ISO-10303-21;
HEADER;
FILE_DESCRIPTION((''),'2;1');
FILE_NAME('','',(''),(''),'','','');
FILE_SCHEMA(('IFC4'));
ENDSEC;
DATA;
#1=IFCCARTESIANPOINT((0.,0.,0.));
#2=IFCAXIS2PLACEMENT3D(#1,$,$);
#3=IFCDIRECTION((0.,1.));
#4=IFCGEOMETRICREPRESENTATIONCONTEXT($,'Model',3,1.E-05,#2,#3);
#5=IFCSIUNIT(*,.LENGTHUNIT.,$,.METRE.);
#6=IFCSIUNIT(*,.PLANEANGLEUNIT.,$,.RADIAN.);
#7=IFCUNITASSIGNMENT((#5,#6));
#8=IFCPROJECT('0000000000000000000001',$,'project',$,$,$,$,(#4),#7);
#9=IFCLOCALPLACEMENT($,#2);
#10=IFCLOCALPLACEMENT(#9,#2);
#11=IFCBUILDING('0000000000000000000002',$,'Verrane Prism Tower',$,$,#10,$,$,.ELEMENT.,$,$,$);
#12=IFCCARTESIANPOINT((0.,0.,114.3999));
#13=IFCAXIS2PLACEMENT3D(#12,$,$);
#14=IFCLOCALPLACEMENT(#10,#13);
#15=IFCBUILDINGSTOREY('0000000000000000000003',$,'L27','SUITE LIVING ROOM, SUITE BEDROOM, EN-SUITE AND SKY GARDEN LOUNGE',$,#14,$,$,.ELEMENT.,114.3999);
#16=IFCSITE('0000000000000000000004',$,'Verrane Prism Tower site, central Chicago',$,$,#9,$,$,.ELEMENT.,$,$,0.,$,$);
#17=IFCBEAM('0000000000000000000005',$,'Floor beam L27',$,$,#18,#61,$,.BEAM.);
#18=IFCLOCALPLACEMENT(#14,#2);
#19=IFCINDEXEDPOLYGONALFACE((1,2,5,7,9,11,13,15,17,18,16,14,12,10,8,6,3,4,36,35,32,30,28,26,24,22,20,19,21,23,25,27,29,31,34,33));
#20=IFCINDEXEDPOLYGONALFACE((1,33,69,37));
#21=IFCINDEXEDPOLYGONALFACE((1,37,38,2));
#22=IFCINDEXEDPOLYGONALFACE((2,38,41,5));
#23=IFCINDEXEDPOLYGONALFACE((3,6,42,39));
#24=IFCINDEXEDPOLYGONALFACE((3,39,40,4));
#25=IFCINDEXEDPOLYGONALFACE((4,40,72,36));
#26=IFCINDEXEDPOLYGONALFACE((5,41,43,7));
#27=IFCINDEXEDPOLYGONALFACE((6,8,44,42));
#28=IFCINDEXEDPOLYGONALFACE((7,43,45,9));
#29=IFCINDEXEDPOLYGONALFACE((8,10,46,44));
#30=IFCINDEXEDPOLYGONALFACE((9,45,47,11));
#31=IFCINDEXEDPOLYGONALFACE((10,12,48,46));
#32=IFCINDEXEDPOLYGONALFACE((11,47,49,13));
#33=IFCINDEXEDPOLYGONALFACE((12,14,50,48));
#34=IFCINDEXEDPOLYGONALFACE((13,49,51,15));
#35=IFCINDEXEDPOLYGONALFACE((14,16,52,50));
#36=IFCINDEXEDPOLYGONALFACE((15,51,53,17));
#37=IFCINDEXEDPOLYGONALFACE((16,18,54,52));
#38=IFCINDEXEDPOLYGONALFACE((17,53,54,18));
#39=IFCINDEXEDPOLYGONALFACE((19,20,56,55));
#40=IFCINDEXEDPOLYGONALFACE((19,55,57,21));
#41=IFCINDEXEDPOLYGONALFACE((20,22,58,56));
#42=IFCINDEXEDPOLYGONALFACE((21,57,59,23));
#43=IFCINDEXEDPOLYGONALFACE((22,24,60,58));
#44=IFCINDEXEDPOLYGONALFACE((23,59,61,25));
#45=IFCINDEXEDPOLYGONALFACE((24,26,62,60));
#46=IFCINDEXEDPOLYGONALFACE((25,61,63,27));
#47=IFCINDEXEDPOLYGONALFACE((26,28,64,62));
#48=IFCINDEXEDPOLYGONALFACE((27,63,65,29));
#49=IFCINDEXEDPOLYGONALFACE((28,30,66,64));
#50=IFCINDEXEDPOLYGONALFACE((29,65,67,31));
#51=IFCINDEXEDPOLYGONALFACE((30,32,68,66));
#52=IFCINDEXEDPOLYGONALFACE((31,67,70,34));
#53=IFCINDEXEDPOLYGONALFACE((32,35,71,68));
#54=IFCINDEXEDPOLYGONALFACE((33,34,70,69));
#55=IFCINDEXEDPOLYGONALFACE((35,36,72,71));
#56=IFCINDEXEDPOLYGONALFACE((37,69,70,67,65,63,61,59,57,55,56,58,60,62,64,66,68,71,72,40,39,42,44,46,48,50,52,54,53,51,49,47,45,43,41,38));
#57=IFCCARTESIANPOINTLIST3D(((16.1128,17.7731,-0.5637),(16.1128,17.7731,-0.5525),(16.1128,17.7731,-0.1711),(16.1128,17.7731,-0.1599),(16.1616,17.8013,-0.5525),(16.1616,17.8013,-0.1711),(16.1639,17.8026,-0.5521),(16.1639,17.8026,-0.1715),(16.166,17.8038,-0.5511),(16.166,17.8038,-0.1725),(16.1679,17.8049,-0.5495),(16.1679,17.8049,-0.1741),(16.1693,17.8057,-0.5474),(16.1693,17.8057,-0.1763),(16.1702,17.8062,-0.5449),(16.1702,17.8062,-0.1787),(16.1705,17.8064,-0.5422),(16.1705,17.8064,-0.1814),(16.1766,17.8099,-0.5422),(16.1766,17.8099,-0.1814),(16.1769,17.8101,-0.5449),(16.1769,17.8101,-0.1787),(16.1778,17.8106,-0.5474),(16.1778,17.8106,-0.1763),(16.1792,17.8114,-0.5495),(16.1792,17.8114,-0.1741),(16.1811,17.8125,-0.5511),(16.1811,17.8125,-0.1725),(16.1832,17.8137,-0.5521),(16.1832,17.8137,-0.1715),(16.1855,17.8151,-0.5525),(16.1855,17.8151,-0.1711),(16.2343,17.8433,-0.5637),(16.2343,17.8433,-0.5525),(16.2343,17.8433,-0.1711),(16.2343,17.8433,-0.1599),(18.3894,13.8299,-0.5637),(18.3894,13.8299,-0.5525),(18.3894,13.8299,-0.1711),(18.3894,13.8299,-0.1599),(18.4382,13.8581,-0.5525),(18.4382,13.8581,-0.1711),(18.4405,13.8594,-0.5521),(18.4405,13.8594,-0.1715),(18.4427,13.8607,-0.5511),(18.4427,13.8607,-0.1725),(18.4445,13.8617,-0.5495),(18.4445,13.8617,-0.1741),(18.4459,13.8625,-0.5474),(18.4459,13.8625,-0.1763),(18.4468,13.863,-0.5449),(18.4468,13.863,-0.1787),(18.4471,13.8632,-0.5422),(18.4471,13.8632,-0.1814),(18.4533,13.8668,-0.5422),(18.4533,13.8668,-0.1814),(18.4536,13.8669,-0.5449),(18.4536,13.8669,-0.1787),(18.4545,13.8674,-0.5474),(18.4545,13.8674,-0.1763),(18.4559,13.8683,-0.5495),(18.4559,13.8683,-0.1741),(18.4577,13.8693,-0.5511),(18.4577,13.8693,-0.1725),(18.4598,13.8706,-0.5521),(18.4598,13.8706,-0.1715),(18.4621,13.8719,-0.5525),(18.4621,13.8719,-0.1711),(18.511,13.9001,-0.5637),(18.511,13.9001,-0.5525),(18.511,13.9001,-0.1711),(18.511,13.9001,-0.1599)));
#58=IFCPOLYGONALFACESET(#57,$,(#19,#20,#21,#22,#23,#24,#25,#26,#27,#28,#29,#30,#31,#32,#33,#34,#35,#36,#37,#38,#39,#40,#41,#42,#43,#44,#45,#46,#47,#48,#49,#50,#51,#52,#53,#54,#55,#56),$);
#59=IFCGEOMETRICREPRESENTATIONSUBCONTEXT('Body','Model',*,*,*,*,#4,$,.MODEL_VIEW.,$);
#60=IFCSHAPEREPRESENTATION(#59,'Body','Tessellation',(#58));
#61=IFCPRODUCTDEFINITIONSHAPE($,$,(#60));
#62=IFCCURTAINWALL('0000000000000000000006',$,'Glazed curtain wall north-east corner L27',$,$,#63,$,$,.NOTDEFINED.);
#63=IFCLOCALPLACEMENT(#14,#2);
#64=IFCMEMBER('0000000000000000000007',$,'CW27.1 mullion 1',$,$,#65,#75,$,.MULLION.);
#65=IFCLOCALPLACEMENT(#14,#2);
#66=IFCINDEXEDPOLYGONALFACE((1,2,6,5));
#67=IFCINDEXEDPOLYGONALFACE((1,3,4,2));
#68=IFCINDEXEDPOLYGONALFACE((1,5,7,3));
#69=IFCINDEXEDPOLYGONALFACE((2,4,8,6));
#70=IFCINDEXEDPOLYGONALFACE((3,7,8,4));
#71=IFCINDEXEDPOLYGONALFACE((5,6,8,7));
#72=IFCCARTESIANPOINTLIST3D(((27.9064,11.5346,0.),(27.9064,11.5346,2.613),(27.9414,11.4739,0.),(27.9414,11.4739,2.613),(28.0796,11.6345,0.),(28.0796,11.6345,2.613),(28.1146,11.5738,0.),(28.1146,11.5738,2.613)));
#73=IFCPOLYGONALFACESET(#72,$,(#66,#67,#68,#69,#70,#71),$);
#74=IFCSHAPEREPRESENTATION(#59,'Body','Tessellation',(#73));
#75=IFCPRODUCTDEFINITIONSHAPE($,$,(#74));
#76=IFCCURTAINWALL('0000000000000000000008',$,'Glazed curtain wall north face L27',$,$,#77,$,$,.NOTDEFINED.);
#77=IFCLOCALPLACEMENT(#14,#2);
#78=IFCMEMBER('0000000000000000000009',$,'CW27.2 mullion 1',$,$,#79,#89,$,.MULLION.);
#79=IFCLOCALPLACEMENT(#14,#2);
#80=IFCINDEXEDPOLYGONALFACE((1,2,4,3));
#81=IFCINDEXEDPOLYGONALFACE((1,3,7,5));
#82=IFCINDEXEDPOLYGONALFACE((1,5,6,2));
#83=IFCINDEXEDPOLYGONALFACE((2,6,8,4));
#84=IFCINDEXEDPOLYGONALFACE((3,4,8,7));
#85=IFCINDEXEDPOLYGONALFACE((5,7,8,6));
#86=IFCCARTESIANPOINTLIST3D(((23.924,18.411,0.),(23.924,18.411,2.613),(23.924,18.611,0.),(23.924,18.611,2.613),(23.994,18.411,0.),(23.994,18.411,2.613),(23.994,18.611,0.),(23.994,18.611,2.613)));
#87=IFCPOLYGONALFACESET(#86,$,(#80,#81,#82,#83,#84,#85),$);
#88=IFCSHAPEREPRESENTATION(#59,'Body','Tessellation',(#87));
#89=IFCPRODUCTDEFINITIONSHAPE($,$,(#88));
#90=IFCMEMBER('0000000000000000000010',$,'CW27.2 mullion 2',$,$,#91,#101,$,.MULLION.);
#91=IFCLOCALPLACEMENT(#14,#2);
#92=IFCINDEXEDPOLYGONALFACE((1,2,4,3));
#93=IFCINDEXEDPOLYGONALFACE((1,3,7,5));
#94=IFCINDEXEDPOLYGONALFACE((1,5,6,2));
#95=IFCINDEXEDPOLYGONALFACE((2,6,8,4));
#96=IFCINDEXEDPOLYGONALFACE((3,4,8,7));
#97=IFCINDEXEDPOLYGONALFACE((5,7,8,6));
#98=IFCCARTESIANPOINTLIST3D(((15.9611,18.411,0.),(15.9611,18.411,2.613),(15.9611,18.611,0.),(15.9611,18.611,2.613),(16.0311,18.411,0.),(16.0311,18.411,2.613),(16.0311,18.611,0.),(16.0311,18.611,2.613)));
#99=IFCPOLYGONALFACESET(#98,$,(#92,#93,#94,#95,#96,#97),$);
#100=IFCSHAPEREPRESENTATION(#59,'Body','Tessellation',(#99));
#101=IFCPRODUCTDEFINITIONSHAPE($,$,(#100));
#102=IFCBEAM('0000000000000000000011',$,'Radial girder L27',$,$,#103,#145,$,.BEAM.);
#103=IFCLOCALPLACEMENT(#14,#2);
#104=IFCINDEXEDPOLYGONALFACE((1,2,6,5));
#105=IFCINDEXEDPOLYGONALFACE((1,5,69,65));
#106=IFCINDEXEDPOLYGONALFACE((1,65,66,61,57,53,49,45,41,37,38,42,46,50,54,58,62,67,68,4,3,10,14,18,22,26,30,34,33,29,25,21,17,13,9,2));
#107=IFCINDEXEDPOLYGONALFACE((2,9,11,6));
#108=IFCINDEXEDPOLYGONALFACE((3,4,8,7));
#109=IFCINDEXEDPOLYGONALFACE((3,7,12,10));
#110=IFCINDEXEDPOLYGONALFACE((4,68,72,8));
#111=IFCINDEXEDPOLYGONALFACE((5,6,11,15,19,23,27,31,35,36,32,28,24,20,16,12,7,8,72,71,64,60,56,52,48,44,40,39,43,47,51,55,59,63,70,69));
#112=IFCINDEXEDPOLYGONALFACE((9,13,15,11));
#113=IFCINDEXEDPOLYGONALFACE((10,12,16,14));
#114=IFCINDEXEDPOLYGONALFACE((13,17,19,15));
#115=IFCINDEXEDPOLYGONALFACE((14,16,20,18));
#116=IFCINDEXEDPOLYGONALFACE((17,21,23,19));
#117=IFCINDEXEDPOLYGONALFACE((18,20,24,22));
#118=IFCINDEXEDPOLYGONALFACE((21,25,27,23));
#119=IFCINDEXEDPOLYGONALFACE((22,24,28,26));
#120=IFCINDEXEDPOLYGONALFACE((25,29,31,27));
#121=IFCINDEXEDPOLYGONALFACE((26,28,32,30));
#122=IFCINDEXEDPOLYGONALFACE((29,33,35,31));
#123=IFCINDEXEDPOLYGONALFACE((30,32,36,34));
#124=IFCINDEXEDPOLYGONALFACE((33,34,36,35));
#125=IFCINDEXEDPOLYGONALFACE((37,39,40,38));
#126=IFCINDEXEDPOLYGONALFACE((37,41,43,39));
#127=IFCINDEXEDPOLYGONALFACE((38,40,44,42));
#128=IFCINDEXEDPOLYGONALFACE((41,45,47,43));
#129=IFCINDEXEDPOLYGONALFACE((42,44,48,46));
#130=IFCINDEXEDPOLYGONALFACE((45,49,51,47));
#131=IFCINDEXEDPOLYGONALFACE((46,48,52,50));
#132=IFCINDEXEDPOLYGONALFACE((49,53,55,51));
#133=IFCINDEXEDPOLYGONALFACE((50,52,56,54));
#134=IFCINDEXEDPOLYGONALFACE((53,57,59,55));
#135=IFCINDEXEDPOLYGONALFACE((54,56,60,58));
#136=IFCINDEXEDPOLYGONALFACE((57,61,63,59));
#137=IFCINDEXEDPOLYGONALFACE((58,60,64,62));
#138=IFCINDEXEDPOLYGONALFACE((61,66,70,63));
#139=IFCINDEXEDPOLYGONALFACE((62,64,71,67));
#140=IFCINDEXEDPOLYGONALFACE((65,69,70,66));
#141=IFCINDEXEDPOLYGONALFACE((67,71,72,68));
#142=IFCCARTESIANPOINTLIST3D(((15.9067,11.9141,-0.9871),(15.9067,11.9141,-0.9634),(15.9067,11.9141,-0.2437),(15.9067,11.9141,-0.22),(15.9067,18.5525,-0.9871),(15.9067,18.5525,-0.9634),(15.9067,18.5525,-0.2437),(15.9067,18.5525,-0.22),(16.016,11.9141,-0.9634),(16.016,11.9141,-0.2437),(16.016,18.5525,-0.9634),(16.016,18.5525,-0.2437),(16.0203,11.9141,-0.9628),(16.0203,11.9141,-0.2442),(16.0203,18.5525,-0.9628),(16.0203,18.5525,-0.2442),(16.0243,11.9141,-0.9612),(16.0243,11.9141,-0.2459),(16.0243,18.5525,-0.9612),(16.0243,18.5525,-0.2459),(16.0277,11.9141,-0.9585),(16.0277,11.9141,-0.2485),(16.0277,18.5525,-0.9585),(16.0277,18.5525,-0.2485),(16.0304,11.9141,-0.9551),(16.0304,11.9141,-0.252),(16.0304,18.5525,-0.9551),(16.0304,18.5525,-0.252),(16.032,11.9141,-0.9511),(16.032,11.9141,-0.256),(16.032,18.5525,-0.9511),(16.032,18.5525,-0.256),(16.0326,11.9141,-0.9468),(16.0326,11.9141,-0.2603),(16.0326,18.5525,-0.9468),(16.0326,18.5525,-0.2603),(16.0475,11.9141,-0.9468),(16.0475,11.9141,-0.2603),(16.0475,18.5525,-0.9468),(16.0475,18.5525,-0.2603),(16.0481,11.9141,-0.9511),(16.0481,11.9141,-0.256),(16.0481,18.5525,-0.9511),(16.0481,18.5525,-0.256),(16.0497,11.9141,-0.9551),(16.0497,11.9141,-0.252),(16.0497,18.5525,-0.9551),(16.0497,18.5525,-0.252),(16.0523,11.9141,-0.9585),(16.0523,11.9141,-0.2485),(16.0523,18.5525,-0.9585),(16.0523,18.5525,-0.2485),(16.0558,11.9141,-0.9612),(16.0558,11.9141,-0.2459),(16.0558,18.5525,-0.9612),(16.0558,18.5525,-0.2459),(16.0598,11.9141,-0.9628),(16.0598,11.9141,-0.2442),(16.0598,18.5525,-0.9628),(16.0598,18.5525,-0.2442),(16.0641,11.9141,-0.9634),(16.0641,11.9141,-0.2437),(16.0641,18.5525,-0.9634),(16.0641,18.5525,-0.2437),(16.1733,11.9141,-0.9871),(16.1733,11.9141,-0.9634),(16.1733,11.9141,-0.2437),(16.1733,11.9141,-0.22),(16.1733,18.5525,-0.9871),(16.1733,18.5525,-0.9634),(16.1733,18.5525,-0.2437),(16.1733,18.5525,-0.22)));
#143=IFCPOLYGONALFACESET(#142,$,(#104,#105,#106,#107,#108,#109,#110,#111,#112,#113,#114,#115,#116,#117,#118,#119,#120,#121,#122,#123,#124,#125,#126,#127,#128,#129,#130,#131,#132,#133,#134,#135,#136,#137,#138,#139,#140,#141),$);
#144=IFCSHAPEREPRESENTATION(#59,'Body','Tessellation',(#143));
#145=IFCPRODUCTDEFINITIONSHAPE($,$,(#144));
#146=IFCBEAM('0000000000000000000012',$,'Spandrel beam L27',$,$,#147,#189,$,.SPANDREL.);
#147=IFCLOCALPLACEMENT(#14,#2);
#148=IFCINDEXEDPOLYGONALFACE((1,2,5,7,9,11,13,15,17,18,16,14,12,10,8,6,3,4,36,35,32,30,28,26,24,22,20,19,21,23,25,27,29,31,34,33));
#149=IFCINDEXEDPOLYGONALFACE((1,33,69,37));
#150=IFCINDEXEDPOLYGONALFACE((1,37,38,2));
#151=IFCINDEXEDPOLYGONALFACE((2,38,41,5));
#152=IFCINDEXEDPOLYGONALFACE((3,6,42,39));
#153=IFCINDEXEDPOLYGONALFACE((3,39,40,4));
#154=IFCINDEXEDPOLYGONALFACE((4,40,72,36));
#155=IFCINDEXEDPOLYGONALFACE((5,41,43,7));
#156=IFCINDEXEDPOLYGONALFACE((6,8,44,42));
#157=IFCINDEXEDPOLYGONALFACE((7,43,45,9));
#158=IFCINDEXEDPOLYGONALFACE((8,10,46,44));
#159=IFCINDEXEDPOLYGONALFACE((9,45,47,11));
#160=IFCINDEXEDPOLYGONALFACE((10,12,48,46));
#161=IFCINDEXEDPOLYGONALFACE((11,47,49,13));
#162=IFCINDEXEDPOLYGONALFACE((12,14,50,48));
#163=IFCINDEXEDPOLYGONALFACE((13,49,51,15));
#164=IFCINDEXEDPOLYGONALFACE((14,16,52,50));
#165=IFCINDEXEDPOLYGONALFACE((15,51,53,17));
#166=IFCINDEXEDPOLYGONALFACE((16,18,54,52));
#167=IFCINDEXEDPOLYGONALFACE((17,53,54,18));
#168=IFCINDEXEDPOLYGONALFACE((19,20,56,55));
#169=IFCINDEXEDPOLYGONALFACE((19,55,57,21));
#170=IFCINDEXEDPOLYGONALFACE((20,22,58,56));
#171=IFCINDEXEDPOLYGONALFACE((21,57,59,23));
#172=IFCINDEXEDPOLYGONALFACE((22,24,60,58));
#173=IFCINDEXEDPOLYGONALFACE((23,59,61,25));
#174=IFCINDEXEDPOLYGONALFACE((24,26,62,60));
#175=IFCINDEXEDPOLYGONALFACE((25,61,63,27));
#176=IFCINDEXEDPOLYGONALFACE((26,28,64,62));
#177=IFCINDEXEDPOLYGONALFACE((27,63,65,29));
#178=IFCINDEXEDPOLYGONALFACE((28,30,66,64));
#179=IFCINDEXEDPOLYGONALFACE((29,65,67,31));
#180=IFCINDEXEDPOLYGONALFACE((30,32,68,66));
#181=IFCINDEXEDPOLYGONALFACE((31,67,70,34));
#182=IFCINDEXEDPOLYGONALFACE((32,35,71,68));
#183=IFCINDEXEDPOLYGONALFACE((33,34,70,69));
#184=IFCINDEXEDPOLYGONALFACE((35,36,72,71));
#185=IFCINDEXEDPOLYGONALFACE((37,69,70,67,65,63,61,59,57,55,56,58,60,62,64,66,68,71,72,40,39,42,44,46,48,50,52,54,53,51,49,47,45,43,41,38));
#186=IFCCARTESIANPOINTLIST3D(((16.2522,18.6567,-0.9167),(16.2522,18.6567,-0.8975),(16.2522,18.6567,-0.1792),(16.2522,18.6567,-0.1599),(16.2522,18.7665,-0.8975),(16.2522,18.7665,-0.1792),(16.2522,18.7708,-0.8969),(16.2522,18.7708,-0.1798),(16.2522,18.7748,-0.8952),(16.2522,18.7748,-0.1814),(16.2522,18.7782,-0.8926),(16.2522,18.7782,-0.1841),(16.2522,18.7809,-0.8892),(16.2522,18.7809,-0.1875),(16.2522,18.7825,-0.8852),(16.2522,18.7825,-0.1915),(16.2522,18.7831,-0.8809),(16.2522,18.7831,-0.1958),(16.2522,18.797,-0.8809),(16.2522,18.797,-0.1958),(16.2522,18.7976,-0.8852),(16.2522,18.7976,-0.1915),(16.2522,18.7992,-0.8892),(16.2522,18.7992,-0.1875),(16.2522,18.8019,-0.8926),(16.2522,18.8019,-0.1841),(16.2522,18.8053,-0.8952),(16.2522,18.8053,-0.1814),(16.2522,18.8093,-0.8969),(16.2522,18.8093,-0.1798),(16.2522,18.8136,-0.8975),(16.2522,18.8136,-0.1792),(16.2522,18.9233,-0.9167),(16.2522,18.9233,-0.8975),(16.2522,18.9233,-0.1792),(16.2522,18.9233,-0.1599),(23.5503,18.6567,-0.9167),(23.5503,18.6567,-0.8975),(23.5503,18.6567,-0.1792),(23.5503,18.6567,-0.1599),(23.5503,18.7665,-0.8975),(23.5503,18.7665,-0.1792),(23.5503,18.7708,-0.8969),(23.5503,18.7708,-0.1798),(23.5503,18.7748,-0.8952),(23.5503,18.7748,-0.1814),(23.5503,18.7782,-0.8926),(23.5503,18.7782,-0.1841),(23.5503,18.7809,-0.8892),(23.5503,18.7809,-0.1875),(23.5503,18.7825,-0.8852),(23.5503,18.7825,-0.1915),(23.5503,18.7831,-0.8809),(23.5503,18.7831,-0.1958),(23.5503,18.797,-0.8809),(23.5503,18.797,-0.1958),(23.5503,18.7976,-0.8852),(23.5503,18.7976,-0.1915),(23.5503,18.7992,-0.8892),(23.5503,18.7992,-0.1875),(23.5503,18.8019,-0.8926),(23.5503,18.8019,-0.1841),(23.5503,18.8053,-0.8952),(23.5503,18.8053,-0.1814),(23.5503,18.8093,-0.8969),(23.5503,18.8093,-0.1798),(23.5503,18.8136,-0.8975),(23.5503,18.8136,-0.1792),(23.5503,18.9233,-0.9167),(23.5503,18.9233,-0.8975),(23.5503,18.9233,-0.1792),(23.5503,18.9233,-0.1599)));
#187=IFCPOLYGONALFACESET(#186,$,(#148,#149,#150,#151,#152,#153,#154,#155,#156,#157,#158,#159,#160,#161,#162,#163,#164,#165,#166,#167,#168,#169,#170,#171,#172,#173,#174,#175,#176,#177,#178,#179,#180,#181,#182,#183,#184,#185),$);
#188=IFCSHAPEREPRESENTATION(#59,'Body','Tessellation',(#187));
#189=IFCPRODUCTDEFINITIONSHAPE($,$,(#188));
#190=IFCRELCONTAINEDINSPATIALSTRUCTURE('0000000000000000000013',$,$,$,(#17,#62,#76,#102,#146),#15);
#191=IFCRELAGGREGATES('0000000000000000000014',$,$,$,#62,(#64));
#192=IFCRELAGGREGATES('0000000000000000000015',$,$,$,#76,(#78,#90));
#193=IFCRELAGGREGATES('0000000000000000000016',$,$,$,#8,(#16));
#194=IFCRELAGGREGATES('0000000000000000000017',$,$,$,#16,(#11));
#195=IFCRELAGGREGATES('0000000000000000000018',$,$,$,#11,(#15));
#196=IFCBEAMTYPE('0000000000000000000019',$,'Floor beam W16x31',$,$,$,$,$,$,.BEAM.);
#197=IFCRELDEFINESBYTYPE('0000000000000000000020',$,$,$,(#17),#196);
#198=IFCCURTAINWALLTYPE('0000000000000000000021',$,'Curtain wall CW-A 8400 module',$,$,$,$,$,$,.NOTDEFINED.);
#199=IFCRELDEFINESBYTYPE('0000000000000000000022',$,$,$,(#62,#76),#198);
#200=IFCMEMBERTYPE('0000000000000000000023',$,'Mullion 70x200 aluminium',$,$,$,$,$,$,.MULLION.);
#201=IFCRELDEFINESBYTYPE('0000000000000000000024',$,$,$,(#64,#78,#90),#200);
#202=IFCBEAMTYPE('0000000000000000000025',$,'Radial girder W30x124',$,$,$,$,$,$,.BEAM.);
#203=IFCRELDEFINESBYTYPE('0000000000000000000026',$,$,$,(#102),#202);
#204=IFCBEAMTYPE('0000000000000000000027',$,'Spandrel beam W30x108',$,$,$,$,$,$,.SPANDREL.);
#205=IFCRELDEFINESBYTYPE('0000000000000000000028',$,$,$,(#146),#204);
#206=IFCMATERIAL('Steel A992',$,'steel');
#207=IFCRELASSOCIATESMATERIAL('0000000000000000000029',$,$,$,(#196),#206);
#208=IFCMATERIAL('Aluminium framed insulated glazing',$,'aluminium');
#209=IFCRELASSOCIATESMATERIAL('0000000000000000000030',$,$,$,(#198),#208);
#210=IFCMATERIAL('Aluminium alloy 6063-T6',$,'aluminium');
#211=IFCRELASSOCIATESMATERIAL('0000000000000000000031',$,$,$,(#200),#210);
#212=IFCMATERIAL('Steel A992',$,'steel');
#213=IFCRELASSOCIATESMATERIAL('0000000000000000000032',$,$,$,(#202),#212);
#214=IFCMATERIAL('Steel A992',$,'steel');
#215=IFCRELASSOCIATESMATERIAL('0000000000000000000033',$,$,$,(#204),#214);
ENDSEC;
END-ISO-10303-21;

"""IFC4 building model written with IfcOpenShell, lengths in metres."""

from ifc_helpers import new_model, si_unit, direction, frame, origin, origin_2d, place, context, subcontext, project, spatial, rectangle, i_section, extrude, material, material_profile, profile_set, type_object, element, aggregate, save


model = new_model("IFC4")

# Units and contexts
model_context = context("Model", 3, precision=1e-05, world=origin(), true_north=direction((0.0, 1.0)))
body_context = subcontext(model_context, "Body", "Model", "MODEL_VIEW")
ifc_project = project(units=[si_unit("LENGTHUNIT", "METRE"), si_unit("PLANEANGLEUNIT", "RADIAN")], contexts=[model_context])

# Site, building, storey
site_placement = place(None, origin())
site = spatial("IfcSite", under=ifc_project, at=site_placement, Name="Verrane Prism Tower site, central Chicago", CompositionType="ELEMENT", RefElevation=0.0)
building_placement = place(site_placement, origin())
building = spatial("IfcBuilding", under=site, at=building_placement, Name="Verrane Prism Tower", CompositionType="ELEMENT")
storey_placement = place(building_placement, frame((0.0, 0.0, 114.3999)))
storey = spatial("IfcBuildingStorey", under=building, at=storey_placement, Name="L27", Description="SUITE LIVING ROOM, SUITE BEDROOM, EN-SUITE AND SKY GARDEN LOUNGE", CompositionType="ELEMENT", Elevation=114.3999)

# Beam
ifc_material_1 = material(Name="Steel A992", Category="steel")
ifc_material_profile_1 = material_profile(ifc_material_1, i_section(OverallWidth=0.1404, OverallDepth=0.4038, WebThickness=0.0071, FlangeThickness=0.0112, FilletRadius=0.0103, at=origin_2d()), Name="W16x31")
ifc_profile_set_1 = profile_set([ifc_material_profile_1], Name="Steel A992")
beam_type_1 = type_object("IfcBeamType", Name="Floor beam W16x31", PredefinedType="BEAM", material=ifc_profile_set_1)
beam_1_placement = place(storey_placement, frame((18.4502, 13.865, -0.3618), z_axis=(-0.500009, 0.86602, 0.0), x_axis=(-0.86602, -0.500009, 0.0)))
element("IfcBeam", 1, at=beam_1_placement, inside=storey, type_object=beam_type_1, Name="Floor beam L27", PredefinedType="BEAM", context=body_context, shape_type="SweptSolid", body=[
    extrude(i_section(OverallWidth=0.1404, OverallDepth=0.4038, WebThickness=0.0071, FlangeThickness=0.0112, FilletRadius=0.0103, at=origin_2d()), origin(), (0.0, 0.0, 1.0), 4.5532),
])

# Curtain wall, member
ifc_material_2 = material(Name="Aluminium framed insulated glazing", Category="aluminium")
curtain_wall_type = type_object("IfcCurtainWallType", Name="Curtain wall CW-A 8400 module", PredefinedType="NOTDEFINED", material=ifc_material_2)
curtain_wall_1_placement = place(storey_placement, origin())
curtain_wall_1 = element("IfcCurtainWall", 2, at=curtain_wall_1_placement, inside=storey, type_object=curtain_wall_type, Name="Glazed curtain wall north-east corner L27", PredefinedType="NOTDEFINED")
ifc_material_3 = material(Name="Aluminium alloy 6063-T6", Category="aluminium")
ifc_material_profile_2 = material_profile(ifc_material_3, rectangle(XDim=0.2, YDim=0.0701, at=origin_2d()), Name="Mullion 70x200 aluminium")
ifc_profile_set_2 = profile_set([ifc_material_profile_2], Name="Aluminium alloy 6063-T6")
member_type_1 = type_object("IfcMemberType", Name="Mullion 70x200 aluminium", PredefinedType="MULLION", material=ifc_profile_set_2)
member_1_placement = place(storey_placement, frame((28.0105, 11.5542, 0.0), z_axis=(0.0, 0.0, 1.0), x_axis=(-0.866028, -0.499996, 0.0)))
member_1 = element("IfcMember", 3, at=member_1_placement, type_object=member_type_1, Name="CW27.1 mullion 1", PredefinedType="MULLION", context=body_context, shape_type="SweptSolid", body=[
    extrude(rectangle(XDim=0.2, YDim=0.0701, at=origin_2d()), origin(), (0.0, 0.0, 1.0), 2.613),
])

# Curtain wall, members
curtain_wall_2_placement = place(storey_placement, origin())
curtain_wall_2 = element("IfcCurtainWall", 4, at=curtain_wall_2_placement, inside=storey, type_object=curtain_wall_type, Name="Glazed curtain wall north face L27", PredefinedType="NOTDEFINED")
member_2_placement = place(storey_placement, frame((23.959, 18.511, 0.0), z_axis=(0.0, 0.0, 1.0), x_axis=(0.0, -1.0, 0.0)))
member_2 = element("IfcMember", 5, at=member_2_placement, type_object=member_type_1, Name="CW27.2 mullion 1", PredefinedType="MULLION", context=body_context, shape_type="SweptSolid", body=[
    extrude(rectangle(XDim=0.2, YDim=0.0701, at=origin_2d()), origin(), (0.0, 0.0, 1.0), 2.613),
])
member_3_placement = place(storey_placement, frame((15.9961, 18.511, 0.0), z_axis=(0.0, 0.0, 1.0), x_axis=(0.0, -1.0, 0.0)))
member_3 = element("IfcMember", 6, at=member_3_placement, type_object=member_type_1, Name="CW27.2 mullion 2", PredefinedType="MULLION", context=body_context, shape_type="SweptSolid", body=[
    extrude(rectangle(XDim=0.2, YDim=0.0701, at=origin_2d()), origin(), (0.0, 0.0, 1.0), 2.613),
])

# Beams
ifc_material_4 = material(Name="Steel A992", Category="steel")
ifc_material_profile_3 = material_profile(ifc_material_4, i_section(OverallWidth=0.2666, OverallDepth=0.7671, WebThickness=0.0149, FlangeThickness=0.0237, FilletRadius=0.0166, at=origin_2d()), Name="W30x124")
ifc_profile_set_3 = profile_set([ifc_material_profile_3], Name="Steel A992")
beam_type_2 = type_object("IfcBeamType", Name="Radial girder W30x124", PredefinedType="BEAM", material=ifc_profile_set_3)
beam_2_placement = place(storey_placement, frame((16.04, 18.5525, -0.6035), z_axis=(0.0, -1.0, 0.0), x_axis=(1.0, 0.0, 0.0)))
element("IfcBeam", 7, at=beam_2_placement, inside=storey, type_object=beam_type_2, Name="Radial girder L27", PredefinedType="BEAM", context=body_context, shape_type="SweptSolid", body=[
    extrude(i_section(OverallWidth=0.2666, OverallDepth=0.7671, WebThickness=0.0149, FlangeThickness=0.0237, FilletRadius=0.0166, at=origin_2d()), origin(), (0.0, 0.0, 1.0), 6.6384),
])
ifc_material_5 = material(Name="Steel A992", Category="steel")
ifc_material_profile_4 = material_profile(ifc_material_5, i_section(OverallWidth=0.2666, OverallDepth=0.7568, WebThickness=0.0139, FlangeThickness=0.0193, FilletRadius=0.0166, at=origin_2d()), Name="W30x108")
ifc_profile_set_4 = profile_set([ifc_material_profile_4], Name="Steel A992")
beam_type_3 = type_object("IfcBeamType", Name="Spandrel beam W30x108", PredefinedType="SPANDREL", material=ifc_profile_set_4)
beam_3_placement = place(storey_placement, frame((23.5503, 18.79, -0.5383), z_axis=(-1.0, 0.0, 0.0), x_axis=(0.0, -1.0, 0.0)))
element("IfcBeam", 8, at=beam_3_placement, inside=storey, type_object=beam_type_3, Name="Spandrel beam L27", PredefinedType="SPANDREL", context=body_context, shape_type="SweptSolid", body=[
    extrude(i_section(OverallWidth=0.2666, OverallDepth=0.7568, WebThickness=0.0139, FlangeThickness=0.0193, FilletRadius=0.0166, at=origin_2d()), origin(), (0.0, 0.0, 1.0), 7.2981),
])

aggregate(curtain_wall_1, [member_1])
aggregate(curtain_wall_2, [member_2, member_3])

save(model, "model.ifc")
